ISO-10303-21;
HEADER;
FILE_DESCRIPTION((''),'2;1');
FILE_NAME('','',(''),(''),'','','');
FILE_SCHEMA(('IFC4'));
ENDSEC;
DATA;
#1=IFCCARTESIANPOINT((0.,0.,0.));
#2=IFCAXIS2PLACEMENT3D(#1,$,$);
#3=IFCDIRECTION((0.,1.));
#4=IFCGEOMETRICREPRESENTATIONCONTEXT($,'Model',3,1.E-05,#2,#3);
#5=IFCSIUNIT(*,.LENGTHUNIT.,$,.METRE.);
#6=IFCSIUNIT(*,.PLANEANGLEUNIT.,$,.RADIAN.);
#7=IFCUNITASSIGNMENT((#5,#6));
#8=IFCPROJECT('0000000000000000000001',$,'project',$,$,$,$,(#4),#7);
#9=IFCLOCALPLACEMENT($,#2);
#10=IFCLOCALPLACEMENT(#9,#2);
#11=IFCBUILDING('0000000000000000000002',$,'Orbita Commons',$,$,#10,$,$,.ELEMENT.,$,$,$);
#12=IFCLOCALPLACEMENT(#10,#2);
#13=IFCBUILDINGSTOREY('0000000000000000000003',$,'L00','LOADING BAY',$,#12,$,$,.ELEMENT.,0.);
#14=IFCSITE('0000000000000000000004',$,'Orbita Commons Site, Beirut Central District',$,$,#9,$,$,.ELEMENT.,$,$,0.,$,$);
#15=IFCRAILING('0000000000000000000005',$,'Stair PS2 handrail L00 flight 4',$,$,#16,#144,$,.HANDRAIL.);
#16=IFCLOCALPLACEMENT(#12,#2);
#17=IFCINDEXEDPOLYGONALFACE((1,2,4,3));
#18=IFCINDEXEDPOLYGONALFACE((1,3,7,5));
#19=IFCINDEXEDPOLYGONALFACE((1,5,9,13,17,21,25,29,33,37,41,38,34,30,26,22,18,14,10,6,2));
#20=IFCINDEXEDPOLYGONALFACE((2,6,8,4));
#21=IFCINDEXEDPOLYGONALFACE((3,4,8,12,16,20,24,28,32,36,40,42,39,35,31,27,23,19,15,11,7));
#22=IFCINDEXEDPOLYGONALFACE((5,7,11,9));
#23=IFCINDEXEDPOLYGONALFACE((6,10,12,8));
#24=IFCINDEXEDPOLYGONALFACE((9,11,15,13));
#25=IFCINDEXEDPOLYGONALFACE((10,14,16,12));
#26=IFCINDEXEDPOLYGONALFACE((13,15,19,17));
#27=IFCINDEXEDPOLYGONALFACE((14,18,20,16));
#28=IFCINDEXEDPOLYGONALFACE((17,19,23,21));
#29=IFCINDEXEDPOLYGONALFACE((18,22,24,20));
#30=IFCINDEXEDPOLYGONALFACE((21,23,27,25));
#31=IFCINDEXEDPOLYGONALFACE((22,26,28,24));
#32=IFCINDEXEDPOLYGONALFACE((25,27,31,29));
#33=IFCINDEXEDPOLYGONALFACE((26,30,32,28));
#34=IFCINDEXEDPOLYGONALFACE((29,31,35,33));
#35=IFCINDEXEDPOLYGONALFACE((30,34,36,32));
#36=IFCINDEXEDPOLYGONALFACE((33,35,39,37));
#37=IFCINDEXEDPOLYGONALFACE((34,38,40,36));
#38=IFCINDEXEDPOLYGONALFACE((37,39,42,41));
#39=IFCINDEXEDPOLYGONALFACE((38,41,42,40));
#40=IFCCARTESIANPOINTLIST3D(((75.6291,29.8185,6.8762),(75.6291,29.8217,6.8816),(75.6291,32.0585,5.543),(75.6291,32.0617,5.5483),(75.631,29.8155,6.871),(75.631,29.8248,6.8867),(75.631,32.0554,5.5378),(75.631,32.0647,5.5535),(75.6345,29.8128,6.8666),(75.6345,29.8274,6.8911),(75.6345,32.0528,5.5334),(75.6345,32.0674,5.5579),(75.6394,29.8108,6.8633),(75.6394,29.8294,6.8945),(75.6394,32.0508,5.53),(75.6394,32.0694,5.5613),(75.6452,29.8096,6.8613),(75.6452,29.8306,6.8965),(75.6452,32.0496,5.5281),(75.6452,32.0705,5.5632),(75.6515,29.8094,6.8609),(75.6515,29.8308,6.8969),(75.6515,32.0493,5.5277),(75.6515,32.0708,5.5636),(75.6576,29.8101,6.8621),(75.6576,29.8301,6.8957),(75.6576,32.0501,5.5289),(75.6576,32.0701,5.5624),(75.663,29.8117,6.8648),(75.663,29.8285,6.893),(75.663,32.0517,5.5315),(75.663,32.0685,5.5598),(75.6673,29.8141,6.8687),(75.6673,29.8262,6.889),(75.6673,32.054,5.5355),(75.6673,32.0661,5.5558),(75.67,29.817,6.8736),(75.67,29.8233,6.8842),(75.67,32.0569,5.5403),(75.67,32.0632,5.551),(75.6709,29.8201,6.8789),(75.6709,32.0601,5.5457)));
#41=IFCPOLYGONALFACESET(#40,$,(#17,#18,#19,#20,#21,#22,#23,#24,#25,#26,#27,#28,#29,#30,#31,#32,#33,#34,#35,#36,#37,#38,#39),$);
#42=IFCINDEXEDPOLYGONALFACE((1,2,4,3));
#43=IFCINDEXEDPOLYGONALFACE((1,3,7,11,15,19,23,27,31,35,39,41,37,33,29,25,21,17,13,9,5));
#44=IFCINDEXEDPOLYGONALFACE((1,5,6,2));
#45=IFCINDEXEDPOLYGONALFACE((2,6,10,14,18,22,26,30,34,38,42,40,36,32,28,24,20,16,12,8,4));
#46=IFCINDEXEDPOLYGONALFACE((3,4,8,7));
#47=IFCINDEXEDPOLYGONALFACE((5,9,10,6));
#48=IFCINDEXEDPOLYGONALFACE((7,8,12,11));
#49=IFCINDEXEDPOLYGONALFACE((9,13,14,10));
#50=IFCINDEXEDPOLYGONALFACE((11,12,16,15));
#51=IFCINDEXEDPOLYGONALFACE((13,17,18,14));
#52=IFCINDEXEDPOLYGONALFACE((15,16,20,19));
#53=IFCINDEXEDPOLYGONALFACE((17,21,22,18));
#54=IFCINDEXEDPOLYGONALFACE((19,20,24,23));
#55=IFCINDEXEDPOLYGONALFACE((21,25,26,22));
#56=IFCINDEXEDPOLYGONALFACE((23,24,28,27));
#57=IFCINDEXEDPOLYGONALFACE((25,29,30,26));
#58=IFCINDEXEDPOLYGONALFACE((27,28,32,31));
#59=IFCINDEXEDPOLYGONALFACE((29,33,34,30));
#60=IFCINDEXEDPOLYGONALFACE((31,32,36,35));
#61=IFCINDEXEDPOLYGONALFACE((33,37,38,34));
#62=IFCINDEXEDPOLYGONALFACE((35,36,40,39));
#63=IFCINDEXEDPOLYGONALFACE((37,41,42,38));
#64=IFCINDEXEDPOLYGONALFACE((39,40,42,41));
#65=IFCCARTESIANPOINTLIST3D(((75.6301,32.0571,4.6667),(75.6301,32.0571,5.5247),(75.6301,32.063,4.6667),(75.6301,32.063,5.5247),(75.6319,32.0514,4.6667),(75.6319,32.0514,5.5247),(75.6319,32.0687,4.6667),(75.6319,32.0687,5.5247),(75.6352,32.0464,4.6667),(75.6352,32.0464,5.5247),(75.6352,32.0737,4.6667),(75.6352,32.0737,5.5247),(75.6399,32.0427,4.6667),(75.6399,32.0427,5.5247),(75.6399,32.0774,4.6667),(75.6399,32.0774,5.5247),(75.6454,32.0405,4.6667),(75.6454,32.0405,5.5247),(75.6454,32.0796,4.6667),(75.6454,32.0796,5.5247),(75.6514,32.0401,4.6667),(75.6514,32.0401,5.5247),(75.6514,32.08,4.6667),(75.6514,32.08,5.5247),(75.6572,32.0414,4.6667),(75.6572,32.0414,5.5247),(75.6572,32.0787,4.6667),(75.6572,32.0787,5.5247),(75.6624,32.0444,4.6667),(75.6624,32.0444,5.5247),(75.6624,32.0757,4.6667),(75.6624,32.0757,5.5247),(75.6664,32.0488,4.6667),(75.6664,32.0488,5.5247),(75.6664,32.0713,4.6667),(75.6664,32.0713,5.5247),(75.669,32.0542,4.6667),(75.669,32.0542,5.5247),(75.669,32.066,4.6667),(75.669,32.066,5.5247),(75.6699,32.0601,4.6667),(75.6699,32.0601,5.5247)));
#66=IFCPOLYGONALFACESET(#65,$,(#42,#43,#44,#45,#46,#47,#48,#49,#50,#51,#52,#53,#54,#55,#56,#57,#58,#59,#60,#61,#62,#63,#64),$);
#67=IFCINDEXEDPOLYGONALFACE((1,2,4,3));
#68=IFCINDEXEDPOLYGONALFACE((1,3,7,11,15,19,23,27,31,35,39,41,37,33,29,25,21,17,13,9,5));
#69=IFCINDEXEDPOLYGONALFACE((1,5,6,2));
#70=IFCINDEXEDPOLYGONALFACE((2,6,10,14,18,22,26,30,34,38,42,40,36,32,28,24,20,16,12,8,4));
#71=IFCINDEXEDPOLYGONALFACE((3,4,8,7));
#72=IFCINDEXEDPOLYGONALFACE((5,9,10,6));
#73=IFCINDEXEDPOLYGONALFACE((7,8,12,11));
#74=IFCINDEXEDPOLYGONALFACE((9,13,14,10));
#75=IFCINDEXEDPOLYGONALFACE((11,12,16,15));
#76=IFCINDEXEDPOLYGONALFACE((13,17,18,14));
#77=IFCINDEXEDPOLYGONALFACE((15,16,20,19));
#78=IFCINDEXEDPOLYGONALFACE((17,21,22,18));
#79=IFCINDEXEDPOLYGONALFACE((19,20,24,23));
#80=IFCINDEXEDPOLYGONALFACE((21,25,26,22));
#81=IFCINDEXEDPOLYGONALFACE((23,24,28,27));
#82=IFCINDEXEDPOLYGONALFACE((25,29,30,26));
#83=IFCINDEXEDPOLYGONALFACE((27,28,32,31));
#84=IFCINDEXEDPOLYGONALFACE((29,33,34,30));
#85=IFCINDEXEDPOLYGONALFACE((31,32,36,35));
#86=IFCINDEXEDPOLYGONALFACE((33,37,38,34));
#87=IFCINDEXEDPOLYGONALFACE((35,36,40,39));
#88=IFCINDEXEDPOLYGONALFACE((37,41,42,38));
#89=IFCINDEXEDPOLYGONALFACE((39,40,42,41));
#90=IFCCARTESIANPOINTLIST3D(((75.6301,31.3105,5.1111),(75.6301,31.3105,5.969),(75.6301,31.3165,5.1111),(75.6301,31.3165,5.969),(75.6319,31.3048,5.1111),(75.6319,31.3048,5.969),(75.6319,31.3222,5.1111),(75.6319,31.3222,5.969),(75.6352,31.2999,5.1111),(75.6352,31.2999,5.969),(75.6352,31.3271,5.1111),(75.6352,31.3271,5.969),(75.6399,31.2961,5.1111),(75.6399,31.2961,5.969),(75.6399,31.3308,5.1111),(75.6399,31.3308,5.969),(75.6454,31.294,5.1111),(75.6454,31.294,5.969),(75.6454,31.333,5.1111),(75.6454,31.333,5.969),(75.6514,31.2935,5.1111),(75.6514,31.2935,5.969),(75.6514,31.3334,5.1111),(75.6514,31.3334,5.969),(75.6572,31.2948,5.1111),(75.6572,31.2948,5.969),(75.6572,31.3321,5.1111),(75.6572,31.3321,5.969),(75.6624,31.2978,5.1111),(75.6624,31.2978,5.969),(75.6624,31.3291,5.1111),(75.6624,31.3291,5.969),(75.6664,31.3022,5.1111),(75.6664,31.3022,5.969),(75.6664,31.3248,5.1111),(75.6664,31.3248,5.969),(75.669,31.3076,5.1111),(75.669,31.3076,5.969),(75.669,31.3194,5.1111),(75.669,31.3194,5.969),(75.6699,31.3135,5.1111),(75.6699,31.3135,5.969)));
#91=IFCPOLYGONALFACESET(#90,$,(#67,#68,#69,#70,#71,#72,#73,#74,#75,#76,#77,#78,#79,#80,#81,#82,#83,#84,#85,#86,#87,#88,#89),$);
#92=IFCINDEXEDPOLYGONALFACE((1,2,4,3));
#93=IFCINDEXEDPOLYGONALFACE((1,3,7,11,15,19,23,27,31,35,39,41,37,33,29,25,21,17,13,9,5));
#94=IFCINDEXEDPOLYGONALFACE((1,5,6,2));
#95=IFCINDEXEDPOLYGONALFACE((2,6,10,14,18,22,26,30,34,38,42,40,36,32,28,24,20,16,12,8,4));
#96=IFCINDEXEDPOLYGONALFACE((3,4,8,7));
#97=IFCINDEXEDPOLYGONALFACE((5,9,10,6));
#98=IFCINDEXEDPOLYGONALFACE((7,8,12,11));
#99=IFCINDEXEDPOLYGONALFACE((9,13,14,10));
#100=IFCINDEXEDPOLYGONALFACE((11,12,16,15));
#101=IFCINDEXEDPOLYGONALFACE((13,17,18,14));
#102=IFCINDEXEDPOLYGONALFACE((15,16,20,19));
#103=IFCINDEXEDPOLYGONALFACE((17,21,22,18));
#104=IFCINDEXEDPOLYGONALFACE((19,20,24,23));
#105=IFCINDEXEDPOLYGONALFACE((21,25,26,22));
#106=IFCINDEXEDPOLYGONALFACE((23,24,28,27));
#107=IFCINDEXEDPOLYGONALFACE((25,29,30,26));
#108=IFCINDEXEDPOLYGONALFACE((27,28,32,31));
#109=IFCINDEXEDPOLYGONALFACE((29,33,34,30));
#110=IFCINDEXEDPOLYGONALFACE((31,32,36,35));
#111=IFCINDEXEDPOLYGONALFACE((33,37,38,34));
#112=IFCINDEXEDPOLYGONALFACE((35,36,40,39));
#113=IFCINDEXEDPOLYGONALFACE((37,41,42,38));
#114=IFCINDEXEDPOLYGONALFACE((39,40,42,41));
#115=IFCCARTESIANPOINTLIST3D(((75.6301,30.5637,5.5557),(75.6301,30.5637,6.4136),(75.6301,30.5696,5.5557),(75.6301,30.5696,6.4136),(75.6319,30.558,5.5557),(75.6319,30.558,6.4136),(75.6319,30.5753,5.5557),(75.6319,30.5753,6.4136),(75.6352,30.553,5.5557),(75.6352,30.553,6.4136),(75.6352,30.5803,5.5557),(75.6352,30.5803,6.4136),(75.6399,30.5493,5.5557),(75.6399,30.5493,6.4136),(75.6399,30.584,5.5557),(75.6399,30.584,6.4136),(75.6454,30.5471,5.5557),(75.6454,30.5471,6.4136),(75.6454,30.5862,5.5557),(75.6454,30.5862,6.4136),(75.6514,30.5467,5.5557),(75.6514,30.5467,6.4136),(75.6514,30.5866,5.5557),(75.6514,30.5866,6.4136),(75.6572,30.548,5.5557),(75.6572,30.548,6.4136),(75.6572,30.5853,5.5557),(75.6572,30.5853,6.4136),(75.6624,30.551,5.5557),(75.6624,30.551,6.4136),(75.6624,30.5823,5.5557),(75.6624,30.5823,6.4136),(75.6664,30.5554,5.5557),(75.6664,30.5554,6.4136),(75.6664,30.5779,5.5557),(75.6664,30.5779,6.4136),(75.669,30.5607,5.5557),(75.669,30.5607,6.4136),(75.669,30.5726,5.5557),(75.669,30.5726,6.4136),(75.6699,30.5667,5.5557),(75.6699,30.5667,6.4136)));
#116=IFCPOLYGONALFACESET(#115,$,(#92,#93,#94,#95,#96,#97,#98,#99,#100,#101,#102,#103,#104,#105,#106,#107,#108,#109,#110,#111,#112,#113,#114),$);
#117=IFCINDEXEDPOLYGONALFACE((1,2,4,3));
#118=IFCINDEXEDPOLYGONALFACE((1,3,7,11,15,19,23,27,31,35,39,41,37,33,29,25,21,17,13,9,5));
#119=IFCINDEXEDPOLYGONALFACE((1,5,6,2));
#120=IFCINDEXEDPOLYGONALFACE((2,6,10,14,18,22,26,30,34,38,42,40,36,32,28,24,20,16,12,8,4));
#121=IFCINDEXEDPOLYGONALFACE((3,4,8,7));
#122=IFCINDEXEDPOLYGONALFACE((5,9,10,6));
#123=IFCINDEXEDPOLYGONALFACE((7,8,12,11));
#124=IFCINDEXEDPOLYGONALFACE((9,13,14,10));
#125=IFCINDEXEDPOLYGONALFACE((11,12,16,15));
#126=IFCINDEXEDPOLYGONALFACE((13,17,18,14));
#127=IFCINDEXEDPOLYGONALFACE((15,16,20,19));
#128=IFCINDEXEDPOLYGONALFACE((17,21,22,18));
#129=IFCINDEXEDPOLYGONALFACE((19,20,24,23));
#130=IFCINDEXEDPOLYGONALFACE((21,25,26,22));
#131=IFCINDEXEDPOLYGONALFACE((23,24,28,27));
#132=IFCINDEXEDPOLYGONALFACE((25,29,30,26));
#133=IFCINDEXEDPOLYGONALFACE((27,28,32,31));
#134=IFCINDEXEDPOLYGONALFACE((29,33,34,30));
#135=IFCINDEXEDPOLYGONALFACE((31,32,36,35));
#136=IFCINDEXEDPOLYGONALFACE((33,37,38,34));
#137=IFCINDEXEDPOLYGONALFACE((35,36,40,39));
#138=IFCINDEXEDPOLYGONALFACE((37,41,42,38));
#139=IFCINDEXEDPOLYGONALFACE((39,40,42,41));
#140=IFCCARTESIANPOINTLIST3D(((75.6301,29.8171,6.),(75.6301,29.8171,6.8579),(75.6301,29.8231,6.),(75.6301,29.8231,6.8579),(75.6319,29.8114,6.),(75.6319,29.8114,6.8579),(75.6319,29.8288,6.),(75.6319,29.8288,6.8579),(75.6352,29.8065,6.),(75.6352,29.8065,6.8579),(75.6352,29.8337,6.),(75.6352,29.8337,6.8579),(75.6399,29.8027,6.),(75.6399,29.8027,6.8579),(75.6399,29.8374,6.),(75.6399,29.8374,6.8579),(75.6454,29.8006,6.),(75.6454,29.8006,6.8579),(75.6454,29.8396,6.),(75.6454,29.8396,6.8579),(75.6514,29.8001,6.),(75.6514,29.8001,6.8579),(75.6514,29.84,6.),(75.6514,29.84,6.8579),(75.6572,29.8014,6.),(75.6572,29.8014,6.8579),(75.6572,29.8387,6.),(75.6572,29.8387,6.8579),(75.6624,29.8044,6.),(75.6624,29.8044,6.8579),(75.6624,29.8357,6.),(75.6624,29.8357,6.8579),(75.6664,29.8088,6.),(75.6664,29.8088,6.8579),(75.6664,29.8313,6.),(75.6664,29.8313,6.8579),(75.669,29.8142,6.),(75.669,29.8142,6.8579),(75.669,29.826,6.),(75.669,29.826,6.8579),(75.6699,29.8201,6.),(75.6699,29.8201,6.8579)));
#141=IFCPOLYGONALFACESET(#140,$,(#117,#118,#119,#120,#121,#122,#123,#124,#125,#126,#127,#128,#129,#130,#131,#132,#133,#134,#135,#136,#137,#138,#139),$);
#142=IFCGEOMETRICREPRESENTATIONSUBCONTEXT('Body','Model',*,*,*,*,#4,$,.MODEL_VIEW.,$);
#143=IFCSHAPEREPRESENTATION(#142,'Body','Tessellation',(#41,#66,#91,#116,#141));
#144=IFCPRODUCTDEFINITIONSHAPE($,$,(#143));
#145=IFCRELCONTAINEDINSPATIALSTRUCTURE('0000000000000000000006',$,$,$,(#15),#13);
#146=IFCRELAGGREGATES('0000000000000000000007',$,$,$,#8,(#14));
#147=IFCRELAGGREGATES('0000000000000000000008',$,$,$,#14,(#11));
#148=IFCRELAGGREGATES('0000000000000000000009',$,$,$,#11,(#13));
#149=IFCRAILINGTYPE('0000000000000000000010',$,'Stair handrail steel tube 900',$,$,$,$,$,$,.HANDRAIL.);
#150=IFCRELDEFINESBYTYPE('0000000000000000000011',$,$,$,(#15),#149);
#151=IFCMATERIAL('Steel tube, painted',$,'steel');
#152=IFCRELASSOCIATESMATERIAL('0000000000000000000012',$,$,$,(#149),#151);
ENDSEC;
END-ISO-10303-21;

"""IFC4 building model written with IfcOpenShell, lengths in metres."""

from ifc_helpers import new_model, si_unit, direction, frame, origin, origin_2d, place, context, subcontext, project, spatial, circle, extrude, material, type_object, element, save


model = new_model("IFC4")

# Units and contexts
model_context = context("Model", 3, precision=1e-05, world=origin(), true_north=direction((0.0, 1.0)))
body_context = subcontext(model_context, "Body", "Model", "MODEL_VIEW")
ifc_project = project(units=[si_unit("LENGTHUNIT", "METRE"), si_unit("PLANEANGLEUNIT", "RADIAN")], contexts=[model_context])

# Site, building, storey
site_placement = place(None, origin())
site = spatial("IfcSite", under=ifc_project, at=site_placement, Name="Orbita Commons Site, Beirut Central District", CompositionType="ELEMENT", RefElevation=0.0)
building_placement = place(site_placement, origin())
building = spatial("IfcBuilding", under=site, at=building_placement, Name="Orbita Commons", CompositionType="ELEMENT")
storey_placement = place(building_placement, origin())
storey = spatial("IfcBuildingStorey", under=building, at=storey_placement, Name="L00", Description="LOADING BAY", CompositionType="ELEMENT", Elevation=0.0)

# Railing
ifc_material_1 = material(Name="Steel tube, painted", Category="steel")
railing_type_1 = type_object("IfcRailingType", Name="Stair handrail steel tube 900", PredefinedType="HANDRAIL", material=ifc_material_1)
for number, where, name in (
    (1, (75.6499, 32.0601, 4.6667), "Stair PS2 handrail L00 flight 4"),
):
    element("IfcRailing", number, at=place(storey_placement, frame(where)), inside=storey, type_object=railing_type_1, Name=name, PredefinedType="HANDRAIL", context=body_context, shape_type="SweptSolid", body=[
        extrude(circle(Radius=0.021, at=origin_2d()), frame((0.0, 0.0, 0.8789), z_axis=(0.0, -0.859306, 0.511462), x_axis=(1.0, 0.0, 0.0)), (0.0, 0.0, 1.0), 2.6067),
        extrude(circle(Radius=0.02, at=origin_2d()), origin(), (0.0, 0.0, 1.0), 0.8579),
        extrude(circle(Radius=0.02, at=origin_2d()), frame((0.0, -0.7466, 0.4443)), (0.0, 0.0, 1.0), 0.8579),
        extrude(circle(Radius=0.02, at=origin_2d()), frame((0.0, -1.4934, 0.8889)), (0.0, 0.0, 1.0), 0.8579),
        extrude(circle(Radius=0.02, at=origin_2d()), frame((0.0, -2.24, 1.3333)), (0.0, 0.0, 1.0), 0.8579),
    ])

save(model, "model.ifc")
